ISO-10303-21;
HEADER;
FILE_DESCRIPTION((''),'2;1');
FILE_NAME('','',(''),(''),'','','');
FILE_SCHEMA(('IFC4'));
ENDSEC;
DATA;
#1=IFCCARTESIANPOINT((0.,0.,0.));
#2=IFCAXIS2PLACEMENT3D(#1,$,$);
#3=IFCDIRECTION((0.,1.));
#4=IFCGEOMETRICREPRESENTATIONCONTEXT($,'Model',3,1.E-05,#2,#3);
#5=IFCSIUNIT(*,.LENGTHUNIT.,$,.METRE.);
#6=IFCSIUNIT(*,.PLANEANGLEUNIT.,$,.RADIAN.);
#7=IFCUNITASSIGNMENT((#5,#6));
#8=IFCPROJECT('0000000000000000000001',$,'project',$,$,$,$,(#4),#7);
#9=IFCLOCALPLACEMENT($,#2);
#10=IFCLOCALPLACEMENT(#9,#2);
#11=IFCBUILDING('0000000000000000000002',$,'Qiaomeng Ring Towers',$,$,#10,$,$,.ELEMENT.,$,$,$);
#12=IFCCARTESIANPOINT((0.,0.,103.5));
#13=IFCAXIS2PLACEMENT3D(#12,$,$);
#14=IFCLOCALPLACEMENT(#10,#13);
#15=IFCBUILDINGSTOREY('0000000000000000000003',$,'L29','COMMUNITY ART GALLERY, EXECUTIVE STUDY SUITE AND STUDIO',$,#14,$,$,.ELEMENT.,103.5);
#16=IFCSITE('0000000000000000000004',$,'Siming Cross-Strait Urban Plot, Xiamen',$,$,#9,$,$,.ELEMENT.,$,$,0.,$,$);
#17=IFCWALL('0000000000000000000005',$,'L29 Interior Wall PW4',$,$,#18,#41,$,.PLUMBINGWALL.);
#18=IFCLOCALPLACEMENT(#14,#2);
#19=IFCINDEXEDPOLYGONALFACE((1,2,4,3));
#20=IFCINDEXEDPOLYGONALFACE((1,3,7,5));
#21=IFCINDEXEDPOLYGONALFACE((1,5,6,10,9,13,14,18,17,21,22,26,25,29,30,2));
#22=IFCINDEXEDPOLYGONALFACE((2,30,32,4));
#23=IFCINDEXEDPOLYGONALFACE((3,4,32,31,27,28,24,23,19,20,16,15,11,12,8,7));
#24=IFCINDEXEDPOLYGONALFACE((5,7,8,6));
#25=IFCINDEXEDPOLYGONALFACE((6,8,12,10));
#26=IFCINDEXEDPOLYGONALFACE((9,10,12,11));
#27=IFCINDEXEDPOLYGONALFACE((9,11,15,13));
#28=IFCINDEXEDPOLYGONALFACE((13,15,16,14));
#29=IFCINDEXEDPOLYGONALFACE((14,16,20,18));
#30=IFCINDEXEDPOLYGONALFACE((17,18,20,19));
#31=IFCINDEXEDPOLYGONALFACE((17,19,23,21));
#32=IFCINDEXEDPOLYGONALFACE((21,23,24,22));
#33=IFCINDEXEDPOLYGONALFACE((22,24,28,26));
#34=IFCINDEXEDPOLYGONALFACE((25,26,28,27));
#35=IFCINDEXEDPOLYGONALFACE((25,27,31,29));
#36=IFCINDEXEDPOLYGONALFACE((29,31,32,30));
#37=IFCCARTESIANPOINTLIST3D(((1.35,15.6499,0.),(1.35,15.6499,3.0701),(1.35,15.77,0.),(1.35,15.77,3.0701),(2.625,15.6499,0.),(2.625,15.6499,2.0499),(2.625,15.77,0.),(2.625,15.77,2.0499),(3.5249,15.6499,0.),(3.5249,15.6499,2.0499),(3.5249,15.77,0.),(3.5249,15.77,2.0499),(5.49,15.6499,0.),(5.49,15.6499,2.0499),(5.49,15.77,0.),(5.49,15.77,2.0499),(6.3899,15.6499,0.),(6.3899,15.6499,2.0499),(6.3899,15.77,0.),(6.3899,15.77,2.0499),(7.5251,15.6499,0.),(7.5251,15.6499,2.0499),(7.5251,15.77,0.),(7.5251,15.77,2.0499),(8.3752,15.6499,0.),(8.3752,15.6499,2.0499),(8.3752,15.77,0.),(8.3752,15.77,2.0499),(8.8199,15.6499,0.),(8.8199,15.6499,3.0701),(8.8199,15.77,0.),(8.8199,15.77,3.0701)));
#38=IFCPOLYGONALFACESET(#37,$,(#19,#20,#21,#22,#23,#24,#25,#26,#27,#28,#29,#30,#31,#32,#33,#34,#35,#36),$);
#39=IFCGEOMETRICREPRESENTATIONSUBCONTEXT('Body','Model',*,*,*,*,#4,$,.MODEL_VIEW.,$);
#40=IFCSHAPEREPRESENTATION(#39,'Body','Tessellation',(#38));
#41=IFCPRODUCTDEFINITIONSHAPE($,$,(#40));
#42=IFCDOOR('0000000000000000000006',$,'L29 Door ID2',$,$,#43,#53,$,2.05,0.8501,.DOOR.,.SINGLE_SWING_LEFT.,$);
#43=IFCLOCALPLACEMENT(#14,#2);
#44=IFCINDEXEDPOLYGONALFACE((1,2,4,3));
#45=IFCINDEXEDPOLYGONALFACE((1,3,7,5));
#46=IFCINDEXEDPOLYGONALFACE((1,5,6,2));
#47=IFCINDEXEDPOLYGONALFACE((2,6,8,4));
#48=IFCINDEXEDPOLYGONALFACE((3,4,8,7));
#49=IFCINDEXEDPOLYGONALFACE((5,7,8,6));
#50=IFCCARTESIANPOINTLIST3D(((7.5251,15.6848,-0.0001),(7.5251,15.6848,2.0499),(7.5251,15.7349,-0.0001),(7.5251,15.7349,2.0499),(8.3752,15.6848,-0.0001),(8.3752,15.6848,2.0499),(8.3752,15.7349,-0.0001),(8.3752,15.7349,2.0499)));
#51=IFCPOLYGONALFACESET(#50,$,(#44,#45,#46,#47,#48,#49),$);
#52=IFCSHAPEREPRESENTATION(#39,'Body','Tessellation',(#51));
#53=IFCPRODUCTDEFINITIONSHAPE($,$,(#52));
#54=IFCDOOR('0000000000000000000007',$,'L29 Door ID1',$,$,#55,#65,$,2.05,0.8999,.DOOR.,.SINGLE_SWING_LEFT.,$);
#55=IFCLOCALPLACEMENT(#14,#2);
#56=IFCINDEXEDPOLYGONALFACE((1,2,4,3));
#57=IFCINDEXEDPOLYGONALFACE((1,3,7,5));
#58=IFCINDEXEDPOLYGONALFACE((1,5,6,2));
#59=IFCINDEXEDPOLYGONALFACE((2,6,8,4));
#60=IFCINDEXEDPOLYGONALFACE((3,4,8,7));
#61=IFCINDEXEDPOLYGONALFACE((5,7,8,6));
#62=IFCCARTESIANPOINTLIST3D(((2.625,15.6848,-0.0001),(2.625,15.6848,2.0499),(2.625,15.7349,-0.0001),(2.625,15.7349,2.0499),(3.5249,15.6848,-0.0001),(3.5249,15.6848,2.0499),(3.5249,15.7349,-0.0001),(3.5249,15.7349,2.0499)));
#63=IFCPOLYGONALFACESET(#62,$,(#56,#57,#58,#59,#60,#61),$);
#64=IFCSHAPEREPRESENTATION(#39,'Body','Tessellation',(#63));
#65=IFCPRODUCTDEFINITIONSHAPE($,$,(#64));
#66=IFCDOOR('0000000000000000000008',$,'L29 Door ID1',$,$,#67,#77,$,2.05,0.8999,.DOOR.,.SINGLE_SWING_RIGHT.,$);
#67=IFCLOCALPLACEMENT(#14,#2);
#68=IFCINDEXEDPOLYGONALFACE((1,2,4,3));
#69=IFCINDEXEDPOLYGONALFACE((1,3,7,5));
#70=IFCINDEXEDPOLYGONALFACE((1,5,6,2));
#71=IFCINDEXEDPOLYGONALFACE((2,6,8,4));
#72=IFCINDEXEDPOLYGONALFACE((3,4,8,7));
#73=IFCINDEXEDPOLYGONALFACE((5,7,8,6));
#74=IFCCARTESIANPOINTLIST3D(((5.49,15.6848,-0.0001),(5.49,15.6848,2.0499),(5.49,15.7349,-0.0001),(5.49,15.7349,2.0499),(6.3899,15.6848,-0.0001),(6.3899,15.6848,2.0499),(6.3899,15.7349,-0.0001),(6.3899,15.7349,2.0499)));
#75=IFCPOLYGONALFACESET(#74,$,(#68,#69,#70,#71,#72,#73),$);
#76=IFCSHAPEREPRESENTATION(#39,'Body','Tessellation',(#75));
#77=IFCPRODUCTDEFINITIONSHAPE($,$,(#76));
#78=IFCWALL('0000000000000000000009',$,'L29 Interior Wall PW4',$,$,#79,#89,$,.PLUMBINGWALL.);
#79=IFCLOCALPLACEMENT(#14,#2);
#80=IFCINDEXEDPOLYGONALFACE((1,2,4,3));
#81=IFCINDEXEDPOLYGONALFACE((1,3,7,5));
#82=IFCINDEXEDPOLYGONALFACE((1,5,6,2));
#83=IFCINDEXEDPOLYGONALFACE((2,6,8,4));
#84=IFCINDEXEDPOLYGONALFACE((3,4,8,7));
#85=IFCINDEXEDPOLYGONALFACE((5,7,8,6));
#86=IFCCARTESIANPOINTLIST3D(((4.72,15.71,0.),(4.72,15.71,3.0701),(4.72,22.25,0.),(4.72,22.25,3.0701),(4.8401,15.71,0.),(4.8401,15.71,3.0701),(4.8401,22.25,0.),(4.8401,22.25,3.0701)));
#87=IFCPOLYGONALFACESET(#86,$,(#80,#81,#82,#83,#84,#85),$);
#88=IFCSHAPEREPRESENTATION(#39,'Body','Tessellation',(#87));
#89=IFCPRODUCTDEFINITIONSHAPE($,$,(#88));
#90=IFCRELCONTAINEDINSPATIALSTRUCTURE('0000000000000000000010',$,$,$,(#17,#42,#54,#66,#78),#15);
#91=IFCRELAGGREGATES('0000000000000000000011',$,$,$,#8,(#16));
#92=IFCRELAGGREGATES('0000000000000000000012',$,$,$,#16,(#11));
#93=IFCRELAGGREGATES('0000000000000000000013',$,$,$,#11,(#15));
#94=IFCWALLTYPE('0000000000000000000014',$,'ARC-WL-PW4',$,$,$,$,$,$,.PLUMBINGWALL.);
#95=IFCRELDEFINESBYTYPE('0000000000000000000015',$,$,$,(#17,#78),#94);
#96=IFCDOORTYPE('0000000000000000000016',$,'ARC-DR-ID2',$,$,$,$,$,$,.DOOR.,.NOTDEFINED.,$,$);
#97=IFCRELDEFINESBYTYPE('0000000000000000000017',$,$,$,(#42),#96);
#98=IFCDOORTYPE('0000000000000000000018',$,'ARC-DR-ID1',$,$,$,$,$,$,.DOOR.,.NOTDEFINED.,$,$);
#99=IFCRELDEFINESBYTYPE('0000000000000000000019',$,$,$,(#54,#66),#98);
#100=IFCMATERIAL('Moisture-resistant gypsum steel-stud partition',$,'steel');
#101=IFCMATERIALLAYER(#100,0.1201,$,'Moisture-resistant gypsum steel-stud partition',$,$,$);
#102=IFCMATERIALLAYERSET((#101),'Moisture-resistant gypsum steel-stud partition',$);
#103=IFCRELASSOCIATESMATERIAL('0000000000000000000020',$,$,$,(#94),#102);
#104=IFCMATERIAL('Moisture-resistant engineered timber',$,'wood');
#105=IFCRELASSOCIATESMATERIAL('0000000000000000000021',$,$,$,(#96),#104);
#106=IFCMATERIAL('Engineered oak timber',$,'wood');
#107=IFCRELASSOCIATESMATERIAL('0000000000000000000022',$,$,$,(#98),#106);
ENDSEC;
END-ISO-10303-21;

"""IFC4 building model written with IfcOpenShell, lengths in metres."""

from ifc_helpers import new_model, si_unit, direction, frame, frame_2d, origin, place, context, subcontext, project, spatial, rectangle, extrude, source, transform, mapped, material, layer, layer_set, type_object, element, fill, save


model = new_model("IFC4")

# Units and contexts
model_context = context("Model", 3, precision=1e-05, world=origin(), true_north=direction((0.0, 1.0)))
body_context = subcontext(model_context, "Body", "Model", "MODEL_VIEW")
ifc_project = project(units=[si_unit("LENGTHUNIT", "METRE"), si_unit("PLANEANGLEUNIT", "RADIAN")], contexts=[model_context])

# Site, building, storey
site_placement = place(None, origin())
site = spatial("IfcSite", under=ifc_project, at=site_placement, Name="Siming Cross-Strait Urban Plot, Xiamen", CompositionType="ELEMENT", RefElevation=0.0)
building_placement = place(site_placement, origin())
building = spatial("IfcBuilding", under=site, at=building_placement, Name="Qiaomeng Ring Towers", CompositionType="ELEMENT")
storey_placement = place(building_placement, frame((0.0, 0.0, 103.5)))
storey = spatial("IfcBuildingStorey", under=building, at=storey_placement, Name="L29", Description="COMMUNITY ART GALLERY, EXECUTIVE STUDY SUITE AND STUDIO", CompositionType="ELEMENT", Elevation=103.5)

# Wall, openings, doors
ifc_material_1 = material(Name="Moisture-resistant gypsum steel-stud partition", Category="steel")
ifc_layer_1 = layer(ifc_material_1, 0.1201, Name="Moisture-resistant gypsum steel-stud partition")
ifc_layer_set_1 = layer_set([ifc_layer_1], Name="Moisture-resistant gypsum steel-stud partition")
wall_type_1 = type_object("IfcWallType", Name="ARC-WL-PW4", PredefinedType="PLUMBINGWALL", material=ifc_layer_set_1)
wall_1_placement = place(storey_placement, frame((1.3501, 15.71, 0.0), z_axis=(0.0, 0.0, 1.0), x_axis=(1.0, 0.0, 0.0)))
wall_1 = element("IfcWall", 1, at=wall_1_placement, inside=storey, type_object=wall_type_1, Name="L29 Interior Wall PW4", PredefinedType="PLUMBINGWALL", context=body_context, shape_type="SweptSolid", body=[
    extrude(rectangle(XDim=7.47, YDim=0.1201, at=frame_2d((3.7349, 0.0))), origin(), (0.0, 0.0, 1.0), 3.0701),
])
opening_1_placement = place(wall_1_placement, frame((1.2749, 0.0, 0.0)))
opening_1 = element("IfcOpeningElement", 2, at=opening_1_placement, cuts=wall_1, PredefinedType="OPENING", context=body_context, shape_type="SweptSolid", body=[
    extrude(rectangle(XDim=0.8999, YDim=2.05, at=frame_2d((0.45, 1.0249))), frame((0.0, 0.0701, 0.0), z_axis=(0.0, -1.0, 0.0), x_axis=(1.0, 0.0, 0.0)), (0.0, 0.0, 1.0), 0.1401),
])
opening_2_placement = place(wall_1_placement, frame((4.1399, 0.0, 0.0)))
opening_2 = element("IfcOpeningElement", 3, at=opening_2_placement, cuts=wall_1, PredefinedType="OPENING", context=body_context, shape_type="SweptSolid", body=[
    extrude(rectangle(XDim=0.8999, YDim=2.05, at=frame_2d((0.45, 1.0249))), frame((0.0, 0.0701, 0.0), z_axis=(0.0, -1.0, 0.0), x_axis=(1.0, 0.0, 0.0)), (0.0, 0.0, 1.0), 0.1401),
])
opening_3_placement = place(wall_1_placement, frame((6.175, 0.0, 0.0)))
opening_3 = element("IfcOpeningElement", 4, at=opening_3_placement, cuts=wall_1, PredefinedType="OPENING", context=body_context, shape_type="SweptSolid", body=[
    extrude(rectangle(XDim=0.8501, YDim=2.05, at=frame_2d((0.425, 1.0249))), frame((0.0, 0.0701, 0.0), z_axis=(0.0, -1.0, 0.0), x_axis=(1.0, 0.0, 0.0)), (0.0, 0.0, 1.0), 0.1401),
])
ifc_material_2 = material(Name="Moisture-resistant engineered timber", Category="wood")
door_type_1 = type_object("IfcDoorType", Name="ARC-DR-ID2", OperationType="NOTDEFINED", PredefinedType="DOOR", material=ifc_material_2)
shared_shape_1 = source(origin(), body_context, "Body", "SweptSolid", [
    extrude(rectangle(XDim=0.8501, YDim=2.05, at=frame_2d((0.425, 1.0249))), frame((0.0, 0.0249, 0.0), z_axis=(0.0, -1.0, 0.0), x_axis=(1.0, 0.0, 0.0)), (0.0, 0.0, 1.0), 0.05),
])
door_1_placement = place(opening_3_placement, origin())
door_1 = element("IfcDoor", 5, at=door_1_placement, inside=storey, type_object=door_type_1, Name="L29 Door ID2", OperationType="SINGLE_SWING_LEFT", OverallHeight=2.05, OverallWidth=0.8501, PredefinedType="DOOR", context=body_context, shape_type="MappedRepresentation", body=[
    mapped(shared_shape_1, transform((0.0, 0.0, 0.0), x_axis=(1.0, 0.0, 0.0), y_axis=(0.0, 1.0, 0.0), z_axis=(0.0, 0.0, 1.0), scale=1.0)),
])
fill(opening_3, door_1)
ifc_material_3 = material(Name="Engineered oak timber", Category="wood")
door_type_2 = type_object("IfcDoorType", Name="ARC-DR-ID1", OperationType="NOTDEFINED", PredefinedType="DOOR", material=ifc_material_3)
shared_shape_2 = source(origin(), body_context, "Body", "SweptSolid", [
    extrude(rectangle(XDim=0.8999, YDim=2.05, at=frame_2d((0.45, 1.0249))), frame((0.0, 0.0249, 0.0), z_axis=(0.0, -1.0, 0.0), x_axis=(1.0, 0.0, 0.0)), (0.0, 0.0, 1.0), 0.05),
])
door_2_placement = place(opening_1_placement, origin())
door_2 = element("IfcDoor", 6, at=door_2_placement, inside=storey, type_object=door_type_2, Name="L29 Door ID1", OperationType="SINGLE_SWING_LEFT", OverallHeight=2.05, OverallWidth=0.8999, PredefinedType="DOOR", context=body_context, shape_type="MappedRepresentation", body=[
    mapped(shared_shape_2, transform((0.0, 0.0, 0.0), x_axis=(1.0, 0.0, 0.0), y_axis=(0.0, 1.0, 0.0), z_axis=(0.0, 0.0, 1.0), scale=1.0)),
])
fill(opening_1, door_2)
door_3_placement = place(opening_2_placement, origin())
door_3 = element("IfcDoor", 7, at=door_3_placement, inside=storey, type_object=door_type_2, Name="L29 Door ID1", OperationType="SINGLE_SWING_RIGHT", OverallHeight=2.05, OverallWidth=0.8999, PredefinedType="DOOR", context=body_context, shape_type="MappedRepresentation", body=[
    mapped(shared_shape_2, transform((0.0, 0.0, 0.0), x_axis=(1.0, 0.0, 0.0), y_axis=(0.0, 1.0, 0.0), z_axis=(0.0, 0.0, 1.0), scale=1.0)),
])
fill(opening_2, door_3)

# Wall
wall_2_placement = place(storey_placement, frame((4.78, 15.71, 0.0), z_axis=(0.0, 0.0, 1.0), x_axis=(0.0, 1.0, 0.0)))
element("IfcWall", 8, at=wall_2_placement, inside=storey, type_object=wall_type_1, Name="L29 Interior Wall PW4", PredefinedType="PLUMBINGWALL", context=body_context, shape_type="SweptSolid", body=[
    extrude(rectangle(XDim=6.54, YDim=0.1201, at=frame_2d((3.27, 0.0))), origin(), (0.0, 0.0, 1.0), 3.0701),
])

save(model, "model.ifc")
